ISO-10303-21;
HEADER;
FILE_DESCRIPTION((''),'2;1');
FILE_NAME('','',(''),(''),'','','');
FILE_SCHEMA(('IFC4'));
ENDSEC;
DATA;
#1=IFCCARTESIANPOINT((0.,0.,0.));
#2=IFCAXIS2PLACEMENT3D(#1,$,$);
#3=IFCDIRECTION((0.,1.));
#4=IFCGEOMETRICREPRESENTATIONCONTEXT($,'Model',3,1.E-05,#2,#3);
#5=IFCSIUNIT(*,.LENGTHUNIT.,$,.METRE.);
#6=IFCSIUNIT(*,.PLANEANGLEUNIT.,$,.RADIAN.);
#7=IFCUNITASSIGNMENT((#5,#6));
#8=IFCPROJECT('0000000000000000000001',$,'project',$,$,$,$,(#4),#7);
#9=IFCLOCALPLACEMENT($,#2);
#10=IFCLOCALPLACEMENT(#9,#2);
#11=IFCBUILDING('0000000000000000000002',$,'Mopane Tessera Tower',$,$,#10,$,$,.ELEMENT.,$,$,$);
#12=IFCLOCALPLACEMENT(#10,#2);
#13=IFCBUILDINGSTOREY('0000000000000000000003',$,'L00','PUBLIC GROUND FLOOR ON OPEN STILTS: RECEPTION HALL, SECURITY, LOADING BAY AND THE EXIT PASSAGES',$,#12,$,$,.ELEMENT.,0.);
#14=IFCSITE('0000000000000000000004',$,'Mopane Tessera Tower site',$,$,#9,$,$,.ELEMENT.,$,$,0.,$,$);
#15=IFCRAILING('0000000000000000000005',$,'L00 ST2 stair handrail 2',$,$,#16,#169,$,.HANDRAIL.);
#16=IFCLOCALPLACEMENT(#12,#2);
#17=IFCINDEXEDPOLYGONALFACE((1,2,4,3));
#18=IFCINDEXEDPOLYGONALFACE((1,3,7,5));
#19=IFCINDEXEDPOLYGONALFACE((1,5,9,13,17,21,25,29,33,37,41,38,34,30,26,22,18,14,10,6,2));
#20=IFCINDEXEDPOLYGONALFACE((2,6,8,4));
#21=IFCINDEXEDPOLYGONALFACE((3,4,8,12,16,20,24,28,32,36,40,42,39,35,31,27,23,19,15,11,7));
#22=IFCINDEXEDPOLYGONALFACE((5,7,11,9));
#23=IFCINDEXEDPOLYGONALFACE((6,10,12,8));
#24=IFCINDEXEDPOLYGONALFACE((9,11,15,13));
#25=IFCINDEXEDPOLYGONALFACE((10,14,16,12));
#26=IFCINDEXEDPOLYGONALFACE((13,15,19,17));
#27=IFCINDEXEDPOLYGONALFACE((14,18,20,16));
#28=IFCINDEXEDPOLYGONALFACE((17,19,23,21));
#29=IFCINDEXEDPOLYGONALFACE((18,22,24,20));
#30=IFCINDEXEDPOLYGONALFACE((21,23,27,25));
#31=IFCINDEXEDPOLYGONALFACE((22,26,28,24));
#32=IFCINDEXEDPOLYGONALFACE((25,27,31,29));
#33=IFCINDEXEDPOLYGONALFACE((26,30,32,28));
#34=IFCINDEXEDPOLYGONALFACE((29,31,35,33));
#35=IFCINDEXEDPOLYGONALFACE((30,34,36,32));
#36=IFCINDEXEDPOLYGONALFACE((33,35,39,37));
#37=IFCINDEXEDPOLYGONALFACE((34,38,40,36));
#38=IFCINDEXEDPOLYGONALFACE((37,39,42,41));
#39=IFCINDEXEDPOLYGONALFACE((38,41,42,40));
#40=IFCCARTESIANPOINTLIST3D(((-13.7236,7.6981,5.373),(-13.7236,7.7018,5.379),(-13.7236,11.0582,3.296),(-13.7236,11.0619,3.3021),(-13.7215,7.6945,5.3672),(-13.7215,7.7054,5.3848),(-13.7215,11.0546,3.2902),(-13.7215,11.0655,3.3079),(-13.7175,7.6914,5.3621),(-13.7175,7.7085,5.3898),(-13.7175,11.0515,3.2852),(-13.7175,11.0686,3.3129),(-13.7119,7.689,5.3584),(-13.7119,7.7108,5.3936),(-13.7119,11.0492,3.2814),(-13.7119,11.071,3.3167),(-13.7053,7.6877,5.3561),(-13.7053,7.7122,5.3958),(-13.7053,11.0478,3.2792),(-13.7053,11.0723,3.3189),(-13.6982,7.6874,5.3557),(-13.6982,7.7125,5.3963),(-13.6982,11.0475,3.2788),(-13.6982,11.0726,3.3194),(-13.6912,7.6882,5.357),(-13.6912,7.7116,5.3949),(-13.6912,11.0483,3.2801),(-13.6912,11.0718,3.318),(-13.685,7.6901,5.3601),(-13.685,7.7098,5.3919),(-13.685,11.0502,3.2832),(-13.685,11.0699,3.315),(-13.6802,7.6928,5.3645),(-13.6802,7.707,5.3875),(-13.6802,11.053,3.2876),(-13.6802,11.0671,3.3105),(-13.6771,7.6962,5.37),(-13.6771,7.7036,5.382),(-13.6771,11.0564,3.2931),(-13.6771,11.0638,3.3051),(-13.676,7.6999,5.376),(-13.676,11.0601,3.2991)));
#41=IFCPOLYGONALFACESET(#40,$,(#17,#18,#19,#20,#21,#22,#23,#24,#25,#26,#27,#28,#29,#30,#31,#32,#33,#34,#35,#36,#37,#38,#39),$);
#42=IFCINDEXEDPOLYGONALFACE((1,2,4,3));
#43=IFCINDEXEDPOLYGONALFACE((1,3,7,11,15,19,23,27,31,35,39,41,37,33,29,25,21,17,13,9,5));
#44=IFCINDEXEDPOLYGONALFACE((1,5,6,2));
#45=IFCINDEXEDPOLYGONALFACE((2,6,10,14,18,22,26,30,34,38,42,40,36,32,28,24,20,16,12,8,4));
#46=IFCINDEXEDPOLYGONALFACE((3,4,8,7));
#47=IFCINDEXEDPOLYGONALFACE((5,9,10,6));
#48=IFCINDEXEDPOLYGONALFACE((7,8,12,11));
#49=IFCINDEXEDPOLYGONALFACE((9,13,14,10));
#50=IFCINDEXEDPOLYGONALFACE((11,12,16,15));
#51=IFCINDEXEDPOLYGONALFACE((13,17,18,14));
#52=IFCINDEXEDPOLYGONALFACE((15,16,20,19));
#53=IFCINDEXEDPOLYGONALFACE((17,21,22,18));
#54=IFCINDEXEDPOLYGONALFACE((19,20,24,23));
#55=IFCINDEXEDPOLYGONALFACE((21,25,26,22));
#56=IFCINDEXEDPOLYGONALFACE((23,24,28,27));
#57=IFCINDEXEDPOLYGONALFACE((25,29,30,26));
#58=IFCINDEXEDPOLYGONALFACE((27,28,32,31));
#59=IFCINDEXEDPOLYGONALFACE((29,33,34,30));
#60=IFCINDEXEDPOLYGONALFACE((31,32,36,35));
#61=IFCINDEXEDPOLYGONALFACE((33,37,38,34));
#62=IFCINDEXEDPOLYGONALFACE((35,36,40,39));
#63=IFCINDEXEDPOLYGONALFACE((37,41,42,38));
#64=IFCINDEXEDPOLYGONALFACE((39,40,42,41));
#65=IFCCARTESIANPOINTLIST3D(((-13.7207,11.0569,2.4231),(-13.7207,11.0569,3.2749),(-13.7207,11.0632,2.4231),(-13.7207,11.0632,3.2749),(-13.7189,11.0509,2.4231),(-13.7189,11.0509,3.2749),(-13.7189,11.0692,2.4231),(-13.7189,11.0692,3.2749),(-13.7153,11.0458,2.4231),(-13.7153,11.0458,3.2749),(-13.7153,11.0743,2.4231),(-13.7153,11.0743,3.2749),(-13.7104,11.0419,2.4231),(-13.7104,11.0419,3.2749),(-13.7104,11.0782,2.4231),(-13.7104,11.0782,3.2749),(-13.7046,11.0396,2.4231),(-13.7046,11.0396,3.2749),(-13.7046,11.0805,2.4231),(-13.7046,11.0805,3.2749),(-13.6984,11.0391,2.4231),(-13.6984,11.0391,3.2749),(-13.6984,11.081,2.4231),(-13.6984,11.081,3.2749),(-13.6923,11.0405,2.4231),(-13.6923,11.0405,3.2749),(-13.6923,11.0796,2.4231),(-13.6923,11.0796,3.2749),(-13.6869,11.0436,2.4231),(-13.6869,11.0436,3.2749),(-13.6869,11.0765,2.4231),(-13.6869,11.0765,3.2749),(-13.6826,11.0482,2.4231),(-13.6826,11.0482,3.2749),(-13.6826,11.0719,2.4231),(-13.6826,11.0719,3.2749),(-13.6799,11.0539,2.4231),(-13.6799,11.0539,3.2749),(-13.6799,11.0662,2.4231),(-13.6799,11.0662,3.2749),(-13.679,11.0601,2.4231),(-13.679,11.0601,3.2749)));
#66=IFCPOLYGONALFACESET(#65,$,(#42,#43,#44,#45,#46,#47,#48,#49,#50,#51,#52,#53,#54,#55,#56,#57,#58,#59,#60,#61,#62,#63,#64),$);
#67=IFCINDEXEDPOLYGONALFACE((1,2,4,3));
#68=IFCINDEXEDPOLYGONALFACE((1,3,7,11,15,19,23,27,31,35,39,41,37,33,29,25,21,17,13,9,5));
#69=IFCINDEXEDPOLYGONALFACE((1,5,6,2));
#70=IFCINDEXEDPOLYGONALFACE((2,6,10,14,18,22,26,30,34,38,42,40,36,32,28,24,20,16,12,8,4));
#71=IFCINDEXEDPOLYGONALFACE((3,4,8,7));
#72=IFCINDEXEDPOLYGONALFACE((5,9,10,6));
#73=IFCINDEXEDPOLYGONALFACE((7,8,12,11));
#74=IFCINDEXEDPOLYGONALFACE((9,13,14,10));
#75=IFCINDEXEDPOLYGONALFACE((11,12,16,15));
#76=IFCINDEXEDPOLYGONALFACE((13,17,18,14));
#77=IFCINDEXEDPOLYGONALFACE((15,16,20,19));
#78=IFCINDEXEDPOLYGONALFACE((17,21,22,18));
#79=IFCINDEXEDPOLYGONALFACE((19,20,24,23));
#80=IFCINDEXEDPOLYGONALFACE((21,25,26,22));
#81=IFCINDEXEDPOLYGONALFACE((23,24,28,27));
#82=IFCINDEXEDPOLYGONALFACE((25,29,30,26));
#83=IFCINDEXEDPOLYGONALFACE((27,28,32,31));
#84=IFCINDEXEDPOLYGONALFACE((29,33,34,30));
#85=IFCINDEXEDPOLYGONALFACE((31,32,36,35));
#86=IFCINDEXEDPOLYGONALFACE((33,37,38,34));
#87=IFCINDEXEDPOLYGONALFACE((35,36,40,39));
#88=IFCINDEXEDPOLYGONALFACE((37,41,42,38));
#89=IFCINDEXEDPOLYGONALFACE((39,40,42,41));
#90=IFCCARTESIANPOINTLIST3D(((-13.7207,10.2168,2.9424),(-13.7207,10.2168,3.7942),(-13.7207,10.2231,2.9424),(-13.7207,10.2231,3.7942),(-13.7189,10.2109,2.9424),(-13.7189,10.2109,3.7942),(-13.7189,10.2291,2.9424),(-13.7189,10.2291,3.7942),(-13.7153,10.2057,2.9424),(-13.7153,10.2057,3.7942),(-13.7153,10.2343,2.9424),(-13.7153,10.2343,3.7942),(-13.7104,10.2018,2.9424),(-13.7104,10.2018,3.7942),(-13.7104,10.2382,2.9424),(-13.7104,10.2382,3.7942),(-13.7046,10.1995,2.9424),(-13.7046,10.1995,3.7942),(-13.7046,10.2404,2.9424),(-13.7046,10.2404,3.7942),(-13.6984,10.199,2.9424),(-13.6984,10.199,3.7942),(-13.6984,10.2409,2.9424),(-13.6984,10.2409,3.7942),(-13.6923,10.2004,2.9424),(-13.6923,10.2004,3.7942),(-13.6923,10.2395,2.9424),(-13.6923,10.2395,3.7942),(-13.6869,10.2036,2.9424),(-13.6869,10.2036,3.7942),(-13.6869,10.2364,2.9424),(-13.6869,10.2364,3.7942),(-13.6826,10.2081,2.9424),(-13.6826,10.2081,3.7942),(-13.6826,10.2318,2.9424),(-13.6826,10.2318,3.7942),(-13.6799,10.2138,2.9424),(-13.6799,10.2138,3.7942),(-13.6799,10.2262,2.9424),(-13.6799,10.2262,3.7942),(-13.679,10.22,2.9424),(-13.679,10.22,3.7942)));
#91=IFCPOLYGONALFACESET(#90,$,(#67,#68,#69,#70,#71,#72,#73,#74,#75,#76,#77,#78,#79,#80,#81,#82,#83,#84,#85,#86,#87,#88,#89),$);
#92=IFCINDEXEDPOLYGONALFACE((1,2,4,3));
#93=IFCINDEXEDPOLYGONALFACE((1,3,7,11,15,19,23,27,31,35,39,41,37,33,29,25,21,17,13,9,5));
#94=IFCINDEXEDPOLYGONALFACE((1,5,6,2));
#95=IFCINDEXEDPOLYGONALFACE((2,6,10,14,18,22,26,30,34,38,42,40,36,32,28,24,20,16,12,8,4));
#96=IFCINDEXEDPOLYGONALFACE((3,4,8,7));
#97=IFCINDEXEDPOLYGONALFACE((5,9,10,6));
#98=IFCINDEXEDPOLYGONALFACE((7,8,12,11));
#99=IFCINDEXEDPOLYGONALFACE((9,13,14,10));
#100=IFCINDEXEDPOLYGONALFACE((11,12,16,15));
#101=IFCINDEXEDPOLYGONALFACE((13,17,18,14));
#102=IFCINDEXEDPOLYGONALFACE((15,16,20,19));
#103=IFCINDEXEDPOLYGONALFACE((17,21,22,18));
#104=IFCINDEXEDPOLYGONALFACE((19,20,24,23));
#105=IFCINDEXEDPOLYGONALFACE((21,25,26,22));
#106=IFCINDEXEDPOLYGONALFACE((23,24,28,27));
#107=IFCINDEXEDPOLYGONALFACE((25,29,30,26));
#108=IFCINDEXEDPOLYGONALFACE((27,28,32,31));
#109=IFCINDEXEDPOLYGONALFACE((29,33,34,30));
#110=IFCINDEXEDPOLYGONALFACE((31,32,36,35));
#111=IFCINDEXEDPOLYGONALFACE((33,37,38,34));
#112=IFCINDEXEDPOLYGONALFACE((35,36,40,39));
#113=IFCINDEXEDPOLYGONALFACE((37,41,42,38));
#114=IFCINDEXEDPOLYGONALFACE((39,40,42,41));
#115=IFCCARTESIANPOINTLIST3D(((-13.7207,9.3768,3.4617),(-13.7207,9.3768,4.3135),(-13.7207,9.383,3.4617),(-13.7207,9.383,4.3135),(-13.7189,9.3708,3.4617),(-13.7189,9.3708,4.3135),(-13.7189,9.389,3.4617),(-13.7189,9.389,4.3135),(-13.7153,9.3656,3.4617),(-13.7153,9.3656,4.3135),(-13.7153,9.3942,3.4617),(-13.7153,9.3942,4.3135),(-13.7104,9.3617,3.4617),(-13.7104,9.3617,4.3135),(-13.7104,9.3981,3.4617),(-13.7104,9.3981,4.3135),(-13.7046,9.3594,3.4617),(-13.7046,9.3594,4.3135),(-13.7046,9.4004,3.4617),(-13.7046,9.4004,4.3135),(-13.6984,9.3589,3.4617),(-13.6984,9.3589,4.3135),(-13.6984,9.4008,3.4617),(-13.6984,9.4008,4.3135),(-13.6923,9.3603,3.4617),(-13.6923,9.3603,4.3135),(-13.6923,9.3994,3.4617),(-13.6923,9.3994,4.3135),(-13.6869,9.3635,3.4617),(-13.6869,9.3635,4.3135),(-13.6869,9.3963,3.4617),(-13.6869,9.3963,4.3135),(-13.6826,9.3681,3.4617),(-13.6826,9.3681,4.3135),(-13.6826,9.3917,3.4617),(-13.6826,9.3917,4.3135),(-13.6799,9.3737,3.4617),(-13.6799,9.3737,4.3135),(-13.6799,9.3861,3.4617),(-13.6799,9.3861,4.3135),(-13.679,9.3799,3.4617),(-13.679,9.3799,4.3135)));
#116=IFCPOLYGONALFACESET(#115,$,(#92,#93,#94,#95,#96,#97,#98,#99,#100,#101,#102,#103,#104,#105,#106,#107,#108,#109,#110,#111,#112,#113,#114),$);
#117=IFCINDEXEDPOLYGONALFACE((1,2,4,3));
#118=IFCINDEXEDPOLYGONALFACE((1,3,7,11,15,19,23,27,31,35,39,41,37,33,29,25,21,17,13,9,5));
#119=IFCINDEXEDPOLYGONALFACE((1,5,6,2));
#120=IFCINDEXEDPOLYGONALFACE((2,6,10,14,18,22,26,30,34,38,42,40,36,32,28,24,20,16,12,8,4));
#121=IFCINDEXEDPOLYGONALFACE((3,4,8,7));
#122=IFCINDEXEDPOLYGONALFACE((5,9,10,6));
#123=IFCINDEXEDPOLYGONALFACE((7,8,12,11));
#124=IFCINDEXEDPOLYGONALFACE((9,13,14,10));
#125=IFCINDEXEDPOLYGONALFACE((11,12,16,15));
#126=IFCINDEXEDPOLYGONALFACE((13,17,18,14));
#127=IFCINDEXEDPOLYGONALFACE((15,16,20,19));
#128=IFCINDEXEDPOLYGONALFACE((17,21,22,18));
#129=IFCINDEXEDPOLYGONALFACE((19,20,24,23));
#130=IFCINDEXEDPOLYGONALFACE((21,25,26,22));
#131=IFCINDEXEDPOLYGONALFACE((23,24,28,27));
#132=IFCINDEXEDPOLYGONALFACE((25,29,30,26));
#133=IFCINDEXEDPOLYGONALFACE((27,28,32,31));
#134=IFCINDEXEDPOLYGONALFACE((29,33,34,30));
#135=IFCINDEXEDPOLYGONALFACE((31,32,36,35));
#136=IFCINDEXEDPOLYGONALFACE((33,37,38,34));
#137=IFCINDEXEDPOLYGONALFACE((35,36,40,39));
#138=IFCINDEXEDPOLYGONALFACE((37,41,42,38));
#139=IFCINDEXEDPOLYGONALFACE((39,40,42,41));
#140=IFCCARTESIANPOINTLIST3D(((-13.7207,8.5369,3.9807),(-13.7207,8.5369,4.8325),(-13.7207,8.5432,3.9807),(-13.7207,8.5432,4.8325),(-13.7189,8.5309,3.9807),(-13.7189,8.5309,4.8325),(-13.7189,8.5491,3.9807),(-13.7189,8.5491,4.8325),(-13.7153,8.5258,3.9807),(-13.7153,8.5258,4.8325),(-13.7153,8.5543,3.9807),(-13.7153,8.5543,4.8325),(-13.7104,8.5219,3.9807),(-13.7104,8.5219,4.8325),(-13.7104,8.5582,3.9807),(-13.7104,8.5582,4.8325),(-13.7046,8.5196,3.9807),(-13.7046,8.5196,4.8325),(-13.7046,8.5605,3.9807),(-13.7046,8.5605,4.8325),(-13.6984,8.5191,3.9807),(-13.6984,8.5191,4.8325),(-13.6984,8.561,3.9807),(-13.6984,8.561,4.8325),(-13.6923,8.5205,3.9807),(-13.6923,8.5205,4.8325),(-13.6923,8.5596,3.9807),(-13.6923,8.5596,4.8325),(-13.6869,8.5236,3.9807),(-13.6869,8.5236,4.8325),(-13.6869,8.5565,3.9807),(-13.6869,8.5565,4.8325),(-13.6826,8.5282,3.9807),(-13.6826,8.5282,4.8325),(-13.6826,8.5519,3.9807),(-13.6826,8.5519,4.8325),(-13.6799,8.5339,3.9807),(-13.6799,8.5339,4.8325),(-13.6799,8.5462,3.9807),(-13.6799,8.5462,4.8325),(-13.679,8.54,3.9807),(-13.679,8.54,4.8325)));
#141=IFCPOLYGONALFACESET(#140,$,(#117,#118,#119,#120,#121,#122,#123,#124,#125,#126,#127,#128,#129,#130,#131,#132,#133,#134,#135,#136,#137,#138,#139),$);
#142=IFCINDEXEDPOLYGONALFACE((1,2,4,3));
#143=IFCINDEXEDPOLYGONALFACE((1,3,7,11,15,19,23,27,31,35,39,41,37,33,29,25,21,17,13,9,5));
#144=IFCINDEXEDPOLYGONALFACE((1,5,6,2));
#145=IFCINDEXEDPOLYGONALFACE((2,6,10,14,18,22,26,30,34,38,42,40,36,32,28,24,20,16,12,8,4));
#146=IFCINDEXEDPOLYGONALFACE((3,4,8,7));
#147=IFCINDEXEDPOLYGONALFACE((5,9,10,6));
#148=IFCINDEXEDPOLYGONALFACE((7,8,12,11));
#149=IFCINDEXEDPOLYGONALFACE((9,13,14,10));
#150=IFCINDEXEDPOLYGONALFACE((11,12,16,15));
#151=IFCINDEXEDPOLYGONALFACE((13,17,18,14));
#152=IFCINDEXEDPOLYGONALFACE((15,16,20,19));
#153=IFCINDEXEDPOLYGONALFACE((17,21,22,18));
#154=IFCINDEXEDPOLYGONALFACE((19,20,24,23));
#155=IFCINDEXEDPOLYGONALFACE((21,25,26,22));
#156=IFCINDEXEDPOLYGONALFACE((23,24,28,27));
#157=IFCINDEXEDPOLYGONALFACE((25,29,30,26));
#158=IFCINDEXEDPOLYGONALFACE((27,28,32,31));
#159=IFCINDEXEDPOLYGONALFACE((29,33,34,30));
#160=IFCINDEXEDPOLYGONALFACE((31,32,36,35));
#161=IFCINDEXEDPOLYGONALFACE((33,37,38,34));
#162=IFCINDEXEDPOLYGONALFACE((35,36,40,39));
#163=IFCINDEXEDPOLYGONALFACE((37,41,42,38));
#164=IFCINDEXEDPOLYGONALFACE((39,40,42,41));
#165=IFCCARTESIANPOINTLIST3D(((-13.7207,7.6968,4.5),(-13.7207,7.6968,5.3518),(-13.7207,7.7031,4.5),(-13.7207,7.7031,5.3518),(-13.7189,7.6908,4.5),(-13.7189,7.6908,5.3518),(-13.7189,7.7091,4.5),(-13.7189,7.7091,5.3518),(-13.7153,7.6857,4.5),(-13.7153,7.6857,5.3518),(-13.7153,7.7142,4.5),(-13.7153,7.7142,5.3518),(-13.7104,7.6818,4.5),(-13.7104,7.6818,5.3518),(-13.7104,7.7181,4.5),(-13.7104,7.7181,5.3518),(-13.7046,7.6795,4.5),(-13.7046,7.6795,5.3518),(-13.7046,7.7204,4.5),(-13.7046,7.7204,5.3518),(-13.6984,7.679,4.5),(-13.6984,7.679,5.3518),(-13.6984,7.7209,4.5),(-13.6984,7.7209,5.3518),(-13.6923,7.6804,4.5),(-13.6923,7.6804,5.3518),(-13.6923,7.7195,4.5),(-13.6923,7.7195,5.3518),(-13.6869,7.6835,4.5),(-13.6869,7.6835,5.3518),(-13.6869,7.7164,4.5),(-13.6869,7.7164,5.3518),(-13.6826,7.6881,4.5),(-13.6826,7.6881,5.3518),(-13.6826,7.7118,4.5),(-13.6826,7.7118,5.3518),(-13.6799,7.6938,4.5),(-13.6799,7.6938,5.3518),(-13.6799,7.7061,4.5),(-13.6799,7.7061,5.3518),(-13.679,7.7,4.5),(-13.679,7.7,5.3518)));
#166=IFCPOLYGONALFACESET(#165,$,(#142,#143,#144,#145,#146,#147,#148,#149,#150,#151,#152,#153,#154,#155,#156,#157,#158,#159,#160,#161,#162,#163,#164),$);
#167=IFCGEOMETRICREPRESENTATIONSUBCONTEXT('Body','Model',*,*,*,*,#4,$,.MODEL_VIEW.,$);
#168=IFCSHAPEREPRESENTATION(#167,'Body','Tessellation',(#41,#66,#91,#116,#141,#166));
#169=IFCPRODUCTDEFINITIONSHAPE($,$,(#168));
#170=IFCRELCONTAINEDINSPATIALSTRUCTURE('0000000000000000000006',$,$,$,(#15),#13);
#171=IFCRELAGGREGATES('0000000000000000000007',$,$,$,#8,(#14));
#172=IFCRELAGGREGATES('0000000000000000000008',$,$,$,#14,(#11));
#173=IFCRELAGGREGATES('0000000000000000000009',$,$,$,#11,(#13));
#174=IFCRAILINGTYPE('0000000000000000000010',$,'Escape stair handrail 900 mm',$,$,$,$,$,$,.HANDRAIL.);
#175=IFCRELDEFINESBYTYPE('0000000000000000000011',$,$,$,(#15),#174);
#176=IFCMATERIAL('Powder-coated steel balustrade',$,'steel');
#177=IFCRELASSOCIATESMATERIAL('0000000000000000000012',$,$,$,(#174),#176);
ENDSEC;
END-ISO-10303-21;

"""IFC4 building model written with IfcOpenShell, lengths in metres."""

from ifc_helpers import new_model, si_unit, direction, frame, origin, origin_2d, place, context, subcontext, project, spatial, circle, extrude, material, type_object, element, save


model = new_model("IFC4")

# Units and contexts
model_context = context("Model", 3, precision=1e-05, world=origin(), true_north=direction((0.0, 1.0)))
body_context = subcontext(model_context, "Body", "Model", "MODEL_VIEW")
ifc_project = project(units=[si_unit("LENGTHUNIT", "METRE"), si_unit("PLANEANGLEUNIT", "RADIAN")], contexts=[model_context])

# Site, building, storey
site_placement = place(None, origin())
site = spatial("IfcSite", under=ifc_project, at=site_placement, Name="Mopane Tessera Tower site", CompositionType="ELEMENT", RefElevation=0.0)
building_placement = place(site_placement, origin())
building = spatial("IfcBuilding", under=site, at=building_placement, Name="Mopane Tessera Tower", CompositionType="ELEMENT")
storey_placement = place(building_placement, origin())
storey = spatial("IfcBuildingStorey", under=building, at=storey_placement, Name="L00", Description="PUBLIC GROUND FLOOR ON OPEN STILTS: RECEPTION HALL, SECURITY, LOADING BAY AND THE EXIT PASSAGES", CompositionType="ELEMENT", Elevation=0.0)

# Railing
ifc_material_1 = material(Name="Powder-coated steel balustrade", Category="steel")
railing_type_1 = type_object("IfcRailingType", Name="Escape stair handrail 900 mm", PredefinedType="HANDRAIL", material=ifc_material_1)
railing_1_placement = place(storey_placement, frame((-13.7, 11.0601, 2.4231)))
element("IfcRailing", 1, at=railing_1_placement, inside=storey, type_object=railing_type_1, Name="L00 ST2 stair handrail 2", PredefinedType="HANDRAIL", context=body_context, shape_type="SweptSolid", body=[
    extrude(circle(Radius=0.0239, at=origin_2d()), frame((0.0, 0.0, 0.876), z_axis=(0.0, -0.850623, 0.525776), x_axis=(1.0, 0.0, 0.0)), (0.0, 0.0, 1.0), 3.9502),
    extrude(circle(Radius=0.021, at=origin_2d()), origin(), (0.0, 0.0, 1.0), 0.8518),
    extrude(circle(Radius=0.021, at=origin_2d()), frame((0.0, -0.8401, 0.5193)), (0.0, 0.0, 1.0), 0.8518),
    extrude(circle(Radius=0.021, at=origin_2d()), frame((0.0, -1.6802, 1.0386)), (0.0, 0.0, 1.0), 0.8518),
    extrude(circle(Radius=0.021, at=origin_2d()), frame((0.0, -2.52, 1.5576)), (0.0, 0.0, 1.0), 0.8518),
    extrude(circle(Radius=0.021, at=origin_2d()), frame((0.0, -3.3601, 2.0769)), (0.0, 0.0, 1.0), 0.8518),
])

save(model, "model.ifc")
